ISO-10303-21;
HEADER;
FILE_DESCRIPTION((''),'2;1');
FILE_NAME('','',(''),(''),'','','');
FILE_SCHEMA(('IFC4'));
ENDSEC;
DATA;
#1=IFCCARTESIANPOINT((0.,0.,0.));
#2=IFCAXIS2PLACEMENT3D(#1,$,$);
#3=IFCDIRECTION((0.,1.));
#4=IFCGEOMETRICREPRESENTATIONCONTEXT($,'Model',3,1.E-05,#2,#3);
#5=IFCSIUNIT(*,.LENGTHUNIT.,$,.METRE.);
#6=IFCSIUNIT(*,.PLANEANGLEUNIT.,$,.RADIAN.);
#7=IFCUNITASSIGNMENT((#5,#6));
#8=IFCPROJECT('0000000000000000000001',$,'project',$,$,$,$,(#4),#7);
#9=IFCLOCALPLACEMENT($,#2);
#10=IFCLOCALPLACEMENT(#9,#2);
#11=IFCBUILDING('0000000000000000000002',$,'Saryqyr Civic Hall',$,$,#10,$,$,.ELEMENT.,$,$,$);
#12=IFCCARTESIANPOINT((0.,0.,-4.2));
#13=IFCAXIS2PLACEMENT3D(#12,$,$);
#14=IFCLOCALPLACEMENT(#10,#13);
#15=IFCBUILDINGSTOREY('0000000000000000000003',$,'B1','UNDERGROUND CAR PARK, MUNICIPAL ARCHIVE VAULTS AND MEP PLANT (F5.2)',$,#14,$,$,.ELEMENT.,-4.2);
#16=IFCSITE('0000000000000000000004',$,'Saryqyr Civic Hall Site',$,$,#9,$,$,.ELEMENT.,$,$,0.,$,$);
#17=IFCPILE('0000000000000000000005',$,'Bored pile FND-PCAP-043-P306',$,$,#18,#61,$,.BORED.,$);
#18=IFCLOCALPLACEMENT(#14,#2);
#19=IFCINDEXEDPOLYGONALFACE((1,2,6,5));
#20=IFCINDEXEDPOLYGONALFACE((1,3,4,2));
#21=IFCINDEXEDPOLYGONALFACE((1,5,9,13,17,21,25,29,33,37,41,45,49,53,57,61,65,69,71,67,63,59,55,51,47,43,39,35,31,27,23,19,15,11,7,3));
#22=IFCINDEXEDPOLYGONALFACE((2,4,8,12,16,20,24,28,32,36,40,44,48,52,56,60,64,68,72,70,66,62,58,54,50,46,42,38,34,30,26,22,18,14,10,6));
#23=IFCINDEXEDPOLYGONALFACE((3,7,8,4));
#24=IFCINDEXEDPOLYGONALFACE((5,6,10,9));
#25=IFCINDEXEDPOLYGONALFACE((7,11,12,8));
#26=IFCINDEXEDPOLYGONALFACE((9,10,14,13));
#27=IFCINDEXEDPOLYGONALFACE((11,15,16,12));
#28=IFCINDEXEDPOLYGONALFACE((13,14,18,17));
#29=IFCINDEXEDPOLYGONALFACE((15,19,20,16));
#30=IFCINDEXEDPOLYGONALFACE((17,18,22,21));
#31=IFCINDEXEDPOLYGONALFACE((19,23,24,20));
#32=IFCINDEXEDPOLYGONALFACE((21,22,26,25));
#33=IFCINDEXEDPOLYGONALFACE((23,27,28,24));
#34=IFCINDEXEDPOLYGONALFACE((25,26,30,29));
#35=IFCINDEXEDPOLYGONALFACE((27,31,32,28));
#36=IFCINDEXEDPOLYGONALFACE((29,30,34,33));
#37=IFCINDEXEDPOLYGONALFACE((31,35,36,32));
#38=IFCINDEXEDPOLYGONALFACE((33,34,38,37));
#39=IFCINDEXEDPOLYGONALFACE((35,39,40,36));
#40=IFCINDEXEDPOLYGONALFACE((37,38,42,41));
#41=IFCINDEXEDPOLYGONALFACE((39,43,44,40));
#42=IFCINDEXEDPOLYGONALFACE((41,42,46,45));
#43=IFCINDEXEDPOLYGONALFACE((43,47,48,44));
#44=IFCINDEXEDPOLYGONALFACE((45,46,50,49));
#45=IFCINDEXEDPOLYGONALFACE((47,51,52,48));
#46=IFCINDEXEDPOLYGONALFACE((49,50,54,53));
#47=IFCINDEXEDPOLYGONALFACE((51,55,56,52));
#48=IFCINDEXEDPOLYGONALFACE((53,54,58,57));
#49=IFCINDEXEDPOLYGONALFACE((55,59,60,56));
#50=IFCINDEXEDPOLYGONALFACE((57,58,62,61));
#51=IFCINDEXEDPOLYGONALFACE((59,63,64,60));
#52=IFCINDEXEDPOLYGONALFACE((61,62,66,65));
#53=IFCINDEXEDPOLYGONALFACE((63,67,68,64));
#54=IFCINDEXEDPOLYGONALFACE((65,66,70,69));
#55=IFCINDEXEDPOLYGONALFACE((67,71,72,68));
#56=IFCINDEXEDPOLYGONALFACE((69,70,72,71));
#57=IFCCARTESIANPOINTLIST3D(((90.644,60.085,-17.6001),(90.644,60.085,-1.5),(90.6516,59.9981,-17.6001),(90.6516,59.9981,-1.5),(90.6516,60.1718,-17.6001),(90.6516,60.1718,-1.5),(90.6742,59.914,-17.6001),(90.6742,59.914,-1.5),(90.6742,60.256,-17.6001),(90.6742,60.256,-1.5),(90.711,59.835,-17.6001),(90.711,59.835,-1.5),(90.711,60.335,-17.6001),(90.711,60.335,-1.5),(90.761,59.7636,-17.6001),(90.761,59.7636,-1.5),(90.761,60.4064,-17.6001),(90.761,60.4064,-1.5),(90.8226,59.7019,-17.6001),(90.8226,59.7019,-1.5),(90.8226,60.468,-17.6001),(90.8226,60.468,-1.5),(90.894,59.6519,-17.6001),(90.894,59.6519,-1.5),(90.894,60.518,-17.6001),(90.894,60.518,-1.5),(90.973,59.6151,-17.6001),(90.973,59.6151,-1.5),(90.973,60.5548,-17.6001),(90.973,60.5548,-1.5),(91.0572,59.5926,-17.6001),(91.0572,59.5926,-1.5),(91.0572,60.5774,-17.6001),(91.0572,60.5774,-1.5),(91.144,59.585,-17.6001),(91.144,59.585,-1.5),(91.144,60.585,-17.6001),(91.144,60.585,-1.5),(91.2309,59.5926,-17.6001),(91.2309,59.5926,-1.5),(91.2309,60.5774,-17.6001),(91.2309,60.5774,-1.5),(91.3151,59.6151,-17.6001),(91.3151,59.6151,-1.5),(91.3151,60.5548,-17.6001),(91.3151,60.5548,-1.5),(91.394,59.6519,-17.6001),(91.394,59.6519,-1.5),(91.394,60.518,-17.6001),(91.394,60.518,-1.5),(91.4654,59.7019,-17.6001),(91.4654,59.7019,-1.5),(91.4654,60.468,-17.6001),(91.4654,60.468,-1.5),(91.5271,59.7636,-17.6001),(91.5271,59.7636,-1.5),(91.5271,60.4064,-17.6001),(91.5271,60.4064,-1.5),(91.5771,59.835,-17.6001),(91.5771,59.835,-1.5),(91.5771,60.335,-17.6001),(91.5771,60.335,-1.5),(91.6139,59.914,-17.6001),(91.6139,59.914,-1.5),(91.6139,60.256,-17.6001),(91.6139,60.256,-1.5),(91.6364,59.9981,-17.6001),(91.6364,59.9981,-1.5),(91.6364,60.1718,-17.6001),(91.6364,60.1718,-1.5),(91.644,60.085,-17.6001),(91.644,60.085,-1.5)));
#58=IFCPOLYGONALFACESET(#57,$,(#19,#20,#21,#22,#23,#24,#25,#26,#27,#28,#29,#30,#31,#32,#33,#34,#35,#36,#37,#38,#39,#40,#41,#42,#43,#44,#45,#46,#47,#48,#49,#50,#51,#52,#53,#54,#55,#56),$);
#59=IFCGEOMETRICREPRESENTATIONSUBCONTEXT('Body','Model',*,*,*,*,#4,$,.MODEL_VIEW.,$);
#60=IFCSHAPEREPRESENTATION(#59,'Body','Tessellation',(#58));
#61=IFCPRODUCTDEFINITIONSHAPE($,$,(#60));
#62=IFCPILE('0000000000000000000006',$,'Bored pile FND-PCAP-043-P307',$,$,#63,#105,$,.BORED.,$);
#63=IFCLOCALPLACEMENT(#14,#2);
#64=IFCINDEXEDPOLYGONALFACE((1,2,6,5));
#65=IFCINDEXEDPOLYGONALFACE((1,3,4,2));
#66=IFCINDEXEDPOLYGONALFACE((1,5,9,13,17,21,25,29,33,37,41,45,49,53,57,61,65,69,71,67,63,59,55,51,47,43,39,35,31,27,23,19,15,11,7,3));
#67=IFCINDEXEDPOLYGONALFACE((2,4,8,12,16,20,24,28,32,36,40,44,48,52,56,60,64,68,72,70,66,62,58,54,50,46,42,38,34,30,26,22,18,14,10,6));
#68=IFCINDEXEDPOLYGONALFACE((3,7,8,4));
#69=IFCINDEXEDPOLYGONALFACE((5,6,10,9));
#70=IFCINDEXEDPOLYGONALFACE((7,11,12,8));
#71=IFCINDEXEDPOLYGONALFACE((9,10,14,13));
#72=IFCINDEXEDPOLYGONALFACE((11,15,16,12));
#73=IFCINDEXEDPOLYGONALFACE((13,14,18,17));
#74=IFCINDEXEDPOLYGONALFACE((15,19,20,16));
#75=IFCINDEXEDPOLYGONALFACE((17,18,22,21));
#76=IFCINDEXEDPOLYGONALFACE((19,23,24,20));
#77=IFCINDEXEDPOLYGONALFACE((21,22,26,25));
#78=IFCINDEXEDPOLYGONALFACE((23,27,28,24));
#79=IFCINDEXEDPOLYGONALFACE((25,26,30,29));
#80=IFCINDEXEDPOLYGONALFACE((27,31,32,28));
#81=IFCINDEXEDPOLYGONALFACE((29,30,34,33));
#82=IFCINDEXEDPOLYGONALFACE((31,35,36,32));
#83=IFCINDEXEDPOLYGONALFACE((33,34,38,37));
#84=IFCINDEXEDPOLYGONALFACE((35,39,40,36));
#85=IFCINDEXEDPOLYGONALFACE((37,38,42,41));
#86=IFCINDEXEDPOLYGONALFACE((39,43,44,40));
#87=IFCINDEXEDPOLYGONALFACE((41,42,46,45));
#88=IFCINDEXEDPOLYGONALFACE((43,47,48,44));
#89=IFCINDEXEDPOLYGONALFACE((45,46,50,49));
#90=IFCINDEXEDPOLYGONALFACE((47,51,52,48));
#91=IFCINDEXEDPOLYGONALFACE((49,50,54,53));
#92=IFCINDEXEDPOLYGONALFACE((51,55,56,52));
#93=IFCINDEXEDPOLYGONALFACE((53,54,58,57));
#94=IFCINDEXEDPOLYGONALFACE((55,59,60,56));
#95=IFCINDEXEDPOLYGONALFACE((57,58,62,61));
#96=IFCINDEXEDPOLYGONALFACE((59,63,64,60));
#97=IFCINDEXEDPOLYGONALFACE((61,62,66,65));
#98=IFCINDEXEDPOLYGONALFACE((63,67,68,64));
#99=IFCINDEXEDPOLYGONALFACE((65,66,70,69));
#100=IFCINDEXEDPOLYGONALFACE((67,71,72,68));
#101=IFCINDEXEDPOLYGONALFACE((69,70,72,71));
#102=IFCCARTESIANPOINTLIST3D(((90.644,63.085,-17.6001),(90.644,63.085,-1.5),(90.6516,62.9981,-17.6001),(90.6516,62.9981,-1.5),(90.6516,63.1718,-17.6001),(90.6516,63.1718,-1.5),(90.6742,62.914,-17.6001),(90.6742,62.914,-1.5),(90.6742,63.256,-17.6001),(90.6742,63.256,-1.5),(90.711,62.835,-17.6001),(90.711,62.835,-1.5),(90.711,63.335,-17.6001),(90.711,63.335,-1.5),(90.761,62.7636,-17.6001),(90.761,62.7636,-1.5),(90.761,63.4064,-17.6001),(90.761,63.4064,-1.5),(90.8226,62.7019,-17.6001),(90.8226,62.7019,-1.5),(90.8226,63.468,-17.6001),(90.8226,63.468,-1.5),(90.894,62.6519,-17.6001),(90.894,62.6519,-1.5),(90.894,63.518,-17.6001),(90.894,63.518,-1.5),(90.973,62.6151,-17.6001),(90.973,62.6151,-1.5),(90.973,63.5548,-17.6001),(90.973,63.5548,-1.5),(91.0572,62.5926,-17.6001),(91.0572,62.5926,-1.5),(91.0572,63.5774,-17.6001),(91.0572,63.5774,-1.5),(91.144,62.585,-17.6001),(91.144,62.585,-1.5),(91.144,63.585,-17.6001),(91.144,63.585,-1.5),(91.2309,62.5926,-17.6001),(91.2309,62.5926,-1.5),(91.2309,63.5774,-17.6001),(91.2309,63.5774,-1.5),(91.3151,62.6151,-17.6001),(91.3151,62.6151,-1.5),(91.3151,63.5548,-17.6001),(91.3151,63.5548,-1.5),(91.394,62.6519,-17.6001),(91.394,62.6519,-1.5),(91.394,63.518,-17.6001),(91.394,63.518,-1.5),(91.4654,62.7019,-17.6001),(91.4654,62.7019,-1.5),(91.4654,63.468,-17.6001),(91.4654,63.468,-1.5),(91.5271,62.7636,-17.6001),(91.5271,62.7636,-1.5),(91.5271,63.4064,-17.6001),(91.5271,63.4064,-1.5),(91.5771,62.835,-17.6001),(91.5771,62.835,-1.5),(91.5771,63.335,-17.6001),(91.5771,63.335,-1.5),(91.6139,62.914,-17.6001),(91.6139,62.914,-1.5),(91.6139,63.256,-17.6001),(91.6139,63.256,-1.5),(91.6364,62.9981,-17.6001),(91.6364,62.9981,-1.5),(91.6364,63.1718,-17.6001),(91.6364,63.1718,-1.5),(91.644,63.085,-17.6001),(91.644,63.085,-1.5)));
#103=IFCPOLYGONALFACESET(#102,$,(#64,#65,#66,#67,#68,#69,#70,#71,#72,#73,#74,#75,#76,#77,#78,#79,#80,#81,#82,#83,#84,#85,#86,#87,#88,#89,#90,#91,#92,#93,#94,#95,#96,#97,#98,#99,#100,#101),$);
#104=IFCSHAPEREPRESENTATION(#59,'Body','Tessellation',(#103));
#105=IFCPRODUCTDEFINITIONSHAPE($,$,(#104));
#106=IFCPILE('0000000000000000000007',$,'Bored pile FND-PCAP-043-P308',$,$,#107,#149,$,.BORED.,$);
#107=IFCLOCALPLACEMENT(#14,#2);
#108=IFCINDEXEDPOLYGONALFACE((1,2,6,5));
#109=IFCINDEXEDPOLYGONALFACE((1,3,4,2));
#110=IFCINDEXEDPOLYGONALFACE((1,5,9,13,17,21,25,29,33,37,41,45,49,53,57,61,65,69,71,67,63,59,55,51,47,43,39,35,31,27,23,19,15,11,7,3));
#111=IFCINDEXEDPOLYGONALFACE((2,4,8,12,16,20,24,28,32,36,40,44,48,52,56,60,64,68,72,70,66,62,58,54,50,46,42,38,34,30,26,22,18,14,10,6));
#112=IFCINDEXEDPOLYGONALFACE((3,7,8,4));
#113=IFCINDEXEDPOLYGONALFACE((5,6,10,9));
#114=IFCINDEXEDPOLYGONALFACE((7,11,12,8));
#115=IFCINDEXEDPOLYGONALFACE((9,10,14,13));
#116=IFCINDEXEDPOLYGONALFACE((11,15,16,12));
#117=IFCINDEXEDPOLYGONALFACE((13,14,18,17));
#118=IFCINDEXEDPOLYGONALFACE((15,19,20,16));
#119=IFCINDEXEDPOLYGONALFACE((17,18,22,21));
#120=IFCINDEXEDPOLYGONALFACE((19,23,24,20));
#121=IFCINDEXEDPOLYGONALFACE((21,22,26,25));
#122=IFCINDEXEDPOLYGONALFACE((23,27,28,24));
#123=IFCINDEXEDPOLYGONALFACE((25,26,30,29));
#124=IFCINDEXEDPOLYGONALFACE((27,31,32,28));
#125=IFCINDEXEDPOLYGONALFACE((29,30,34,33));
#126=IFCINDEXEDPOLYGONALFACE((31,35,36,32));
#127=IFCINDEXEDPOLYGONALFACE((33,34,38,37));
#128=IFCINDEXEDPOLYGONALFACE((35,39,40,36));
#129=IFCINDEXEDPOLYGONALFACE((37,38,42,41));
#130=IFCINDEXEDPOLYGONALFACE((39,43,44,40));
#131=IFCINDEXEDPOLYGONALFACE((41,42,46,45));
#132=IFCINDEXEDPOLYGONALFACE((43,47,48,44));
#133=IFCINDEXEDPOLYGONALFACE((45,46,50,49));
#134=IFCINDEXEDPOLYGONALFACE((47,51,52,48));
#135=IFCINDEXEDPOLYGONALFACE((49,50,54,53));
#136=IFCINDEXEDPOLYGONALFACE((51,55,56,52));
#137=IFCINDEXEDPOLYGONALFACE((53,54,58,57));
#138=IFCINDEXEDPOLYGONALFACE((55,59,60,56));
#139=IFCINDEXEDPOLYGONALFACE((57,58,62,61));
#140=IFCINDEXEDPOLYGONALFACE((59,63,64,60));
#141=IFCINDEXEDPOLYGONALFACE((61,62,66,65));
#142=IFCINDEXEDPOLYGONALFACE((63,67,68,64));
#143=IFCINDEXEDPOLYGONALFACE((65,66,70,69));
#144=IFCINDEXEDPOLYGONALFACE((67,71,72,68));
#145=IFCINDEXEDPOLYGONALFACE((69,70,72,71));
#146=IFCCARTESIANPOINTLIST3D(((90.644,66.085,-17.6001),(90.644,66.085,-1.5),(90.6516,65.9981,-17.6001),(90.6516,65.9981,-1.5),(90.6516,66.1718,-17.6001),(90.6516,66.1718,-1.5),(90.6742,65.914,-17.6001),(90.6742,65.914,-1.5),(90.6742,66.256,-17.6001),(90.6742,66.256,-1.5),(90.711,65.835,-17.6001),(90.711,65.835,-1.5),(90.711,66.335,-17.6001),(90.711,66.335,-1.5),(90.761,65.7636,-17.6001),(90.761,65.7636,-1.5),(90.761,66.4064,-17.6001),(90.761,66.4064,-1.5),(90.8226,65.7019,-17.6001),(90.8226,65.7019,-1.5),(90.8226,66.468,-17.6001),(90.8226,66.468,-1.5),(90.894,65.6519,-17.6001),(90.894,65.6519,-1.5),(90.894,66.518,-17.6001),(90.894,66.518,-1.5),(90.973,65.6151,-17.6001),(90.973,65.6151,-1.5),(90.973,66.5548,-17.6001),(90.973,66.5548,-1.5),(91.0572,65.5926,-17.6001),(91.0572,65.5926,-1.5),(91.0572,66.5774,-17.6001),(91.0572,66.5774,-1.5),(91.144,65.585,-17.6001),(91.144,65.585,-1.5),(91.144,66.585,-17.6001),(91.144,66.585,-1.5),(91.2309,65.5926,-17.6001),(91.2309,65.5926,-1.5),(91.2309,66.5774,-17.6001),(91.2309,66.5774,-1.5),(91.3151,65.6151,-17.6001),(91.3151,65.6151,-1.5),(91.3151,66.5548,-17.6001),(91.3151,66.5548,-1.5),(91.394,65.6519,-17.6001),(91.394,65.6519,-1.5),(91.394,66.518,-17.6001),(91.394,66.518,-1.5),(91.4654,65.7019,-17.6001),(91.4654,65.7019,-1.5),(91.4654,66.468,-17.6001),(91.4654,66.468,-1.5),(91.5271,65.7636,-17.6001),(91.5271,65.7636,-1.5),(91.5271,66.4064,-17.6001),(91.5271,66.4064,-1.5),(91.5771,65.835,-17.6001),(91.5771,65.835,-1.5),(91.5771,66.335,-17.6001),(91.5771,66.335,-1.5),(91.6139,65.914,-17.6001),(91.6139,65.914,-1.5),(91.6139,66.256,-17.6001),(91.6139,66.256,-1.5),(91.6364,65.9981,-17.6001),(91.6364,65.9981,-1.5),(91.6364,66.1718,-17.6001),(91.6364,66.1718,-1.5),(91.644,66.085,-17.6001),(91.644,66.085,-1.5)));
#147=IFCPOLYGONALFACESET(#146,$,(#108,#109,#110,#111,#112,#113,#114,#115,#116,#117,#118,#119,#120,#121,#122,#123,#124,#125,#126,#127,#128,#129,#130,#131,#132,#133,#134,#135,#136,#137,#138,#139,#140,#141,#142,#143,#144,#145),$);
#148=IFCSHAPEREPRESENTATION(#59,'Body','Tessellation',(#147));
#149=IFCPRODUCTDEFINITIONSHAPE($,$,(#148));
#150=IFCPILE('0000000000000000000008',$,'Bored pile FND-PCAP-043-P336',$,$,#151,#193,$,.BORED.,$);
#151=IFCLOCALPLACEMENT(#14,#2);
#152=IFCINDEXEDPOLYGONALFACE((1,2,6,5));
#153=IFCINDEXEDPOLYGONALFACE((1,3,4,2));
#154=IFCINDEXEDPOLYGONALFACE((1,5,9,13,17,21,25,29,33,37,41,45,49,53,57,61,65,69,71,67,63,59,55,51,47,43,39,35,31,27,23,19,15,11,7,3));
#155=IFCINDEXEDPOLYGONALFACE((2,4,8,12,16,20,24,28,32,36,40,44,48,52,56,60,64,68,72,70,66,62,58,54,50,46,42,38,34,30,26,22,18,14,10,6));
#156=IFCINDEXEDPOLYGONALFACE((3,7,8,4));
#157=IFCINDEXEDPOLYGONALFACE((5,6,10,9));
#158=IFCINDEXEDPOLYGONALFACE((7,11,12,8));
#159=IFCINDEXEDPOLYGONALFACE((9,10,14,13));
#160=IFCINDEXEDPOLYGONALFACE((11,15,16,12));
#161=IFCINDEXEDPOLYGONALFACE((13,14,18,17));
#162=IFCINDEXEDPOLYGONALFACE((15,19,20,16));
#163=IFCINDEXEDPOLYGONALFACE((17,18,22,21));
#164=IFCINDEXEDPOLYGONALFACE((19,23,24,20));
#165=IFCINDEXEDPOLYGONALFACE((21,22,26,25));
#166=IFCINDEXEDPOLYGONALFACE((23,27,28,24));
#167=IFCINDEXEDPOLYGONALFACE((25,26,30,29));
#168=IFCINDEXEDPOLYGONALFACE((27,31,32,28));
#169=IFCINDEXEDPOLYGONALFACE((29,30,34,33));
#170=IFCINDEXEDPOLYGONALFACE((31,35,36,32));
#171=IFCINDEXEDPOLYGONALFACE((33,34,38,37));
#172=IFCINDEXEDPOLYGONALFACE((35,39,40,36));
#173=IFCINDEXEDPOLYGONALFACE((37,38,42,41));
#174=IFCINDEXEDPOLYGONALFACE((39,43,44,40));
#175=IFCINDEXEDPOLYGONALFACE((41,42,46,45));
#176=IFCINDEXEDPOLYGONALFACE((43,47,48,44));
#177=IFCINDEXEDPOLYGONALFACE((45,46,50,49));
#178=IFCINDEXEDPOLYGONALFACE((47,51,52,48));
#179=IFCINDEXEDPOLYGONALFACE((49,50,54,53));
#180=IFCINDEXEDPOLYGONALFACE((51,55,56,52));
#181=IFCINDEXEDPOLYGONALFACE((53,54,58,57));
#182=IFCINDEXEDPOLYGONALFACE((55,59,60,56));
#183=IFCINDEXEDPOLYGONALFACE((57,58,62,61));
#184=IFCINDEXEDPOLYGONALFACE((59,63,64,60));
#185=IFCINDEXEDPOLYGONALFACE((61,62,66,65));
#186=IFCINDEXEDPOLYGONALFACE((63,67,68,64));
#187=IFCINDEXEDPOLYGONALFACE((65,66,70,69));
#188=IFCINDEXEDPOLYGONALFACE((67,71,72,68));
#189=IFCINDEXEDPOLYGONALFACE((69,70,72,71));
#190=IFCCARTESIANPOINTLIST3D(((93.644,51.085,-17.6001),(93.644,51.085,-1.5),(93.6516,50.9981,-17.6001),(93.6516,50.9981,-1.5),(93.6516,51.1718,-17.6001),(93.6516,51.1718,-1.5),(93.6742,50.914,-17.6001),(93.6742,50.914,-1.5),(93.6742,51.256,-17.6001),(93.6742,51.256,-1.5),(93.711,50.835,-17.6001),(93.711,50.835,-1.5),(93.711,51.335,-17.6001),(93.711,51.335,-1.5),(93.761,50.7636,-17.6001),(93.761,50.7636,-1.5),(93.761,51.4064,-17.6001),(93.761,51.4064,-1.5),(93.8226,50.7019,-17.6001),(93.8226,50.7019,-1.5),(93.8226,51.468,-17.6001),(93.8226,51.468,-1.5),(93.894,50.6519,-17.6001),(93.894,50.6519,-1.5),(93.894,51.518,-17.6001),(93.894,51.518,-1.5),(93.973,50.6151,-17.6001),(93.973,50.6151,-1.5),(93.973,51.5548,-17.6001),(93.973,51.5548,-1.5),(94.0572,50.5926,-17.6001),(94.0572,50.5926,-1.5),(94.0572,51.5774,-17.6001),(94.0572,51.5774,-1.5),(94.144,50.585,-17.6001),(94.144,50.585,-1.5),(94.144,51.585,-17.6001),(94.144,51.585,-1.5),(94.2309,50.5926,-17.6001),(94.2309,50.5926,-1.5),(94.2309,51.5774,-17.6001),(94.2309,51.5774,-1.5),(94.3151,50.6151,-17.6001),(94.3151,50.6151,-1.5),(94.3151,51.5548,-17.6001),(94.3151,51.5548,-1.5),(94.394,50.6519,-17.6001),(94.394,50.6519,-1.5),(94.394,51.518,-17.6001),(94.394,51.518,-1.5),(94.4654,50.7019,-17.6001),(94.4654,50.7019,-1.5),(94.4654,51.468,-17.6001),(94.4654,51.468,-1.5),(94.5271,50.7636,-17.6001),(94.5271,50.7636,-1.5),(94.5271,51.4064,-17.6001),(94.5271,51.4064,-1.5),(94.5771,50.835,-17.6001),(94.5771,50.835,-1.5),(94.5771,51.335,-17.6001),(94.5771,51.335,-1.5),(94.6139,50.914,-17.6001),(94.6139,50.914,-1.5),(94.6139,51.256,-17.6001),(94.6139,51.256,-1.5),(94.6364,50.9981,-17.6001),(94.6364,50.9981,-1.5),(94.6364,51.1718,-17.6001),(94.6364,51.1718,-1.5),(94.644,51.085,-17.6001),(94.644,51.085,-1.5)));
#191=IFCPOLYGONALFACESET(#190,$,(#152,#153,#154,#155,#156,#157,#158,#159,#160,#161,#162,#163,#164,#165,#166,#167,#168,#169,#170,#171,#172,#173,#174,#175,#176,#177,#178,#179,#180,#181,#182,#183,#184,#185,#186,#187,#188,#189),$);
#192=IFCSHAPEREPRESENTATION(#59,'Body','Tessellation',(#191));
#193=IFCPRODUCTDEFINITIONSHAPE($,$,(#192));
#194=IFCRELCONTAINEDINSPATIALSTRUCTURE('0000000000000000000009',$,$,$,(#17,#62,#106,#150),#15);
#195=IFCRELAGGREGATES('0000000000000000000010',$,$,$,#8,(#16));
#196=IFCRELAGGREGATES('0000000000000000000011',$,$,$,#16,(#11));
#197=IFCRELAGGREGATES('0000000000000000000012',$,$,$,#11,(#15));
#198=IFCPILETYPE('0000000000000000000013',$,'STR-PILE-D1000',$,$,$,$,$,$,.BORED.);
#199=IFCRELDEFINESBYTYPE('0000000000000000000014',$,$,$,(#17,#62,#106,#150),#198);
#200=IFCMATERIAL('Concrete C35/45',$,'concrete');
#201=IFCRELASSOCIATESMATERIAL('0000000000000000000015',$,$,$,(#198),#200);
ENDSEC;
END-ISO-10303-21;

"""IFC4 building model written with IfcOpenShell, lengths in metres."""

from ifc_helpers import new_model, si_unit, direction, frame, origin, origin_2d, place, context, subcontext, project, spatial, circle, extrude, material, material_profile, profile_set, type_object, element, save


model = new_model("IFC4")

# Units and contexts
model_context = context("Model", 3, precision=1e-05, world=origin(), true_north=direction((0.0, 1.0)))
body_context = subcontext(model_context, "Body", "Model", "MODEL_VIEW")
ifc_project = project(units=[si_unit("LENGTHUNIT", "METRE"), si_unit("PLANEANGLEUNIT", "RADIAN")], contexts=[model_context])

# Site, building, storey
site_placement = place(None, origin())
site = spatial("IfcSite", under=ifc_project, at=site_placement, Name="Saryqyr Civic Hall Site", CompositionType="ELEMENT", RefElevation=0.0)
building_placement = place(site_placement, origin())
building = spatial("IfcBuilding", under=site, at=building_placement, Name="Saryqyr Civic Hall", CompositionType="ELEMENT")
storey_placement = place(building_placement, frame((0.0, 0.0, -4.2)))
storey = spatial("IfcBuildingStorey", under=building, at=storey_placement, Name="B1", Description="UNDERGROUND CAR PARK, MUNICIPAL ARCHIVE VAULTS AND MEP PLANT (F5.2)", CompositionType="ELEMENT", Elevation=-4.2)

# Piles
ifc_material_1 = material(Name="Concrete C35/45", Category="concrete")
ifc_material_profile_1 = material_profile(ifc_material_1, circle(Radius=0.5, at=origin_2d()), Name="BORED PILE D1000")
ifc_profile_set_1 = profile_set([ifc_material_profile_1], Name="Concrete C35/45")
pile_type = type_object("IfcPileType", Name="STR-PILE-D1000", PredefinedType="BORED", material=ifc_profile_set_1)
for number, where, z_axis, x_axis, name in (
    (1, (91.144, 60.085, -1.5), (0.0, 0.0, -1.0), (1.0, 0.0, 0.0), "Bored pile FND-PCAP-043-P306"),
    (2, (91.144, 63.085, -1.5), (0.0, 0.0, -1.0), (1.0, 0.0, 0.0), "Bored pile FND-PCAP-043-P307"),
    (3, (91.144, 66.085, -1.5), (0.0, 0.0, -1.0), (1.0, 0.0, 0.0), "Bored pile FND-PCAP-043-P308"),
    (4, (94.144, 51.085, -1.5), (0.0, 0.0, -1.0), (1.0, 0.0, 0.0), "Bored pile FND-PCAP-043-P336"),
):
    element("IfcPile", number, at=place(storey_placement, frame(where, z_axis=z_axis, x_axis=x_axis)), inside=storey, type_object=pile_type, Name=name, PredefinedType="BORED", context=body_context, shape_type="SweptSolid", body=[
        extrude(circle(Radius=0.5, at=origin_2d()), origin(), (0.0, 0.0, 1.0), 16.1001),
    ])

save(model, "model.ifc")
